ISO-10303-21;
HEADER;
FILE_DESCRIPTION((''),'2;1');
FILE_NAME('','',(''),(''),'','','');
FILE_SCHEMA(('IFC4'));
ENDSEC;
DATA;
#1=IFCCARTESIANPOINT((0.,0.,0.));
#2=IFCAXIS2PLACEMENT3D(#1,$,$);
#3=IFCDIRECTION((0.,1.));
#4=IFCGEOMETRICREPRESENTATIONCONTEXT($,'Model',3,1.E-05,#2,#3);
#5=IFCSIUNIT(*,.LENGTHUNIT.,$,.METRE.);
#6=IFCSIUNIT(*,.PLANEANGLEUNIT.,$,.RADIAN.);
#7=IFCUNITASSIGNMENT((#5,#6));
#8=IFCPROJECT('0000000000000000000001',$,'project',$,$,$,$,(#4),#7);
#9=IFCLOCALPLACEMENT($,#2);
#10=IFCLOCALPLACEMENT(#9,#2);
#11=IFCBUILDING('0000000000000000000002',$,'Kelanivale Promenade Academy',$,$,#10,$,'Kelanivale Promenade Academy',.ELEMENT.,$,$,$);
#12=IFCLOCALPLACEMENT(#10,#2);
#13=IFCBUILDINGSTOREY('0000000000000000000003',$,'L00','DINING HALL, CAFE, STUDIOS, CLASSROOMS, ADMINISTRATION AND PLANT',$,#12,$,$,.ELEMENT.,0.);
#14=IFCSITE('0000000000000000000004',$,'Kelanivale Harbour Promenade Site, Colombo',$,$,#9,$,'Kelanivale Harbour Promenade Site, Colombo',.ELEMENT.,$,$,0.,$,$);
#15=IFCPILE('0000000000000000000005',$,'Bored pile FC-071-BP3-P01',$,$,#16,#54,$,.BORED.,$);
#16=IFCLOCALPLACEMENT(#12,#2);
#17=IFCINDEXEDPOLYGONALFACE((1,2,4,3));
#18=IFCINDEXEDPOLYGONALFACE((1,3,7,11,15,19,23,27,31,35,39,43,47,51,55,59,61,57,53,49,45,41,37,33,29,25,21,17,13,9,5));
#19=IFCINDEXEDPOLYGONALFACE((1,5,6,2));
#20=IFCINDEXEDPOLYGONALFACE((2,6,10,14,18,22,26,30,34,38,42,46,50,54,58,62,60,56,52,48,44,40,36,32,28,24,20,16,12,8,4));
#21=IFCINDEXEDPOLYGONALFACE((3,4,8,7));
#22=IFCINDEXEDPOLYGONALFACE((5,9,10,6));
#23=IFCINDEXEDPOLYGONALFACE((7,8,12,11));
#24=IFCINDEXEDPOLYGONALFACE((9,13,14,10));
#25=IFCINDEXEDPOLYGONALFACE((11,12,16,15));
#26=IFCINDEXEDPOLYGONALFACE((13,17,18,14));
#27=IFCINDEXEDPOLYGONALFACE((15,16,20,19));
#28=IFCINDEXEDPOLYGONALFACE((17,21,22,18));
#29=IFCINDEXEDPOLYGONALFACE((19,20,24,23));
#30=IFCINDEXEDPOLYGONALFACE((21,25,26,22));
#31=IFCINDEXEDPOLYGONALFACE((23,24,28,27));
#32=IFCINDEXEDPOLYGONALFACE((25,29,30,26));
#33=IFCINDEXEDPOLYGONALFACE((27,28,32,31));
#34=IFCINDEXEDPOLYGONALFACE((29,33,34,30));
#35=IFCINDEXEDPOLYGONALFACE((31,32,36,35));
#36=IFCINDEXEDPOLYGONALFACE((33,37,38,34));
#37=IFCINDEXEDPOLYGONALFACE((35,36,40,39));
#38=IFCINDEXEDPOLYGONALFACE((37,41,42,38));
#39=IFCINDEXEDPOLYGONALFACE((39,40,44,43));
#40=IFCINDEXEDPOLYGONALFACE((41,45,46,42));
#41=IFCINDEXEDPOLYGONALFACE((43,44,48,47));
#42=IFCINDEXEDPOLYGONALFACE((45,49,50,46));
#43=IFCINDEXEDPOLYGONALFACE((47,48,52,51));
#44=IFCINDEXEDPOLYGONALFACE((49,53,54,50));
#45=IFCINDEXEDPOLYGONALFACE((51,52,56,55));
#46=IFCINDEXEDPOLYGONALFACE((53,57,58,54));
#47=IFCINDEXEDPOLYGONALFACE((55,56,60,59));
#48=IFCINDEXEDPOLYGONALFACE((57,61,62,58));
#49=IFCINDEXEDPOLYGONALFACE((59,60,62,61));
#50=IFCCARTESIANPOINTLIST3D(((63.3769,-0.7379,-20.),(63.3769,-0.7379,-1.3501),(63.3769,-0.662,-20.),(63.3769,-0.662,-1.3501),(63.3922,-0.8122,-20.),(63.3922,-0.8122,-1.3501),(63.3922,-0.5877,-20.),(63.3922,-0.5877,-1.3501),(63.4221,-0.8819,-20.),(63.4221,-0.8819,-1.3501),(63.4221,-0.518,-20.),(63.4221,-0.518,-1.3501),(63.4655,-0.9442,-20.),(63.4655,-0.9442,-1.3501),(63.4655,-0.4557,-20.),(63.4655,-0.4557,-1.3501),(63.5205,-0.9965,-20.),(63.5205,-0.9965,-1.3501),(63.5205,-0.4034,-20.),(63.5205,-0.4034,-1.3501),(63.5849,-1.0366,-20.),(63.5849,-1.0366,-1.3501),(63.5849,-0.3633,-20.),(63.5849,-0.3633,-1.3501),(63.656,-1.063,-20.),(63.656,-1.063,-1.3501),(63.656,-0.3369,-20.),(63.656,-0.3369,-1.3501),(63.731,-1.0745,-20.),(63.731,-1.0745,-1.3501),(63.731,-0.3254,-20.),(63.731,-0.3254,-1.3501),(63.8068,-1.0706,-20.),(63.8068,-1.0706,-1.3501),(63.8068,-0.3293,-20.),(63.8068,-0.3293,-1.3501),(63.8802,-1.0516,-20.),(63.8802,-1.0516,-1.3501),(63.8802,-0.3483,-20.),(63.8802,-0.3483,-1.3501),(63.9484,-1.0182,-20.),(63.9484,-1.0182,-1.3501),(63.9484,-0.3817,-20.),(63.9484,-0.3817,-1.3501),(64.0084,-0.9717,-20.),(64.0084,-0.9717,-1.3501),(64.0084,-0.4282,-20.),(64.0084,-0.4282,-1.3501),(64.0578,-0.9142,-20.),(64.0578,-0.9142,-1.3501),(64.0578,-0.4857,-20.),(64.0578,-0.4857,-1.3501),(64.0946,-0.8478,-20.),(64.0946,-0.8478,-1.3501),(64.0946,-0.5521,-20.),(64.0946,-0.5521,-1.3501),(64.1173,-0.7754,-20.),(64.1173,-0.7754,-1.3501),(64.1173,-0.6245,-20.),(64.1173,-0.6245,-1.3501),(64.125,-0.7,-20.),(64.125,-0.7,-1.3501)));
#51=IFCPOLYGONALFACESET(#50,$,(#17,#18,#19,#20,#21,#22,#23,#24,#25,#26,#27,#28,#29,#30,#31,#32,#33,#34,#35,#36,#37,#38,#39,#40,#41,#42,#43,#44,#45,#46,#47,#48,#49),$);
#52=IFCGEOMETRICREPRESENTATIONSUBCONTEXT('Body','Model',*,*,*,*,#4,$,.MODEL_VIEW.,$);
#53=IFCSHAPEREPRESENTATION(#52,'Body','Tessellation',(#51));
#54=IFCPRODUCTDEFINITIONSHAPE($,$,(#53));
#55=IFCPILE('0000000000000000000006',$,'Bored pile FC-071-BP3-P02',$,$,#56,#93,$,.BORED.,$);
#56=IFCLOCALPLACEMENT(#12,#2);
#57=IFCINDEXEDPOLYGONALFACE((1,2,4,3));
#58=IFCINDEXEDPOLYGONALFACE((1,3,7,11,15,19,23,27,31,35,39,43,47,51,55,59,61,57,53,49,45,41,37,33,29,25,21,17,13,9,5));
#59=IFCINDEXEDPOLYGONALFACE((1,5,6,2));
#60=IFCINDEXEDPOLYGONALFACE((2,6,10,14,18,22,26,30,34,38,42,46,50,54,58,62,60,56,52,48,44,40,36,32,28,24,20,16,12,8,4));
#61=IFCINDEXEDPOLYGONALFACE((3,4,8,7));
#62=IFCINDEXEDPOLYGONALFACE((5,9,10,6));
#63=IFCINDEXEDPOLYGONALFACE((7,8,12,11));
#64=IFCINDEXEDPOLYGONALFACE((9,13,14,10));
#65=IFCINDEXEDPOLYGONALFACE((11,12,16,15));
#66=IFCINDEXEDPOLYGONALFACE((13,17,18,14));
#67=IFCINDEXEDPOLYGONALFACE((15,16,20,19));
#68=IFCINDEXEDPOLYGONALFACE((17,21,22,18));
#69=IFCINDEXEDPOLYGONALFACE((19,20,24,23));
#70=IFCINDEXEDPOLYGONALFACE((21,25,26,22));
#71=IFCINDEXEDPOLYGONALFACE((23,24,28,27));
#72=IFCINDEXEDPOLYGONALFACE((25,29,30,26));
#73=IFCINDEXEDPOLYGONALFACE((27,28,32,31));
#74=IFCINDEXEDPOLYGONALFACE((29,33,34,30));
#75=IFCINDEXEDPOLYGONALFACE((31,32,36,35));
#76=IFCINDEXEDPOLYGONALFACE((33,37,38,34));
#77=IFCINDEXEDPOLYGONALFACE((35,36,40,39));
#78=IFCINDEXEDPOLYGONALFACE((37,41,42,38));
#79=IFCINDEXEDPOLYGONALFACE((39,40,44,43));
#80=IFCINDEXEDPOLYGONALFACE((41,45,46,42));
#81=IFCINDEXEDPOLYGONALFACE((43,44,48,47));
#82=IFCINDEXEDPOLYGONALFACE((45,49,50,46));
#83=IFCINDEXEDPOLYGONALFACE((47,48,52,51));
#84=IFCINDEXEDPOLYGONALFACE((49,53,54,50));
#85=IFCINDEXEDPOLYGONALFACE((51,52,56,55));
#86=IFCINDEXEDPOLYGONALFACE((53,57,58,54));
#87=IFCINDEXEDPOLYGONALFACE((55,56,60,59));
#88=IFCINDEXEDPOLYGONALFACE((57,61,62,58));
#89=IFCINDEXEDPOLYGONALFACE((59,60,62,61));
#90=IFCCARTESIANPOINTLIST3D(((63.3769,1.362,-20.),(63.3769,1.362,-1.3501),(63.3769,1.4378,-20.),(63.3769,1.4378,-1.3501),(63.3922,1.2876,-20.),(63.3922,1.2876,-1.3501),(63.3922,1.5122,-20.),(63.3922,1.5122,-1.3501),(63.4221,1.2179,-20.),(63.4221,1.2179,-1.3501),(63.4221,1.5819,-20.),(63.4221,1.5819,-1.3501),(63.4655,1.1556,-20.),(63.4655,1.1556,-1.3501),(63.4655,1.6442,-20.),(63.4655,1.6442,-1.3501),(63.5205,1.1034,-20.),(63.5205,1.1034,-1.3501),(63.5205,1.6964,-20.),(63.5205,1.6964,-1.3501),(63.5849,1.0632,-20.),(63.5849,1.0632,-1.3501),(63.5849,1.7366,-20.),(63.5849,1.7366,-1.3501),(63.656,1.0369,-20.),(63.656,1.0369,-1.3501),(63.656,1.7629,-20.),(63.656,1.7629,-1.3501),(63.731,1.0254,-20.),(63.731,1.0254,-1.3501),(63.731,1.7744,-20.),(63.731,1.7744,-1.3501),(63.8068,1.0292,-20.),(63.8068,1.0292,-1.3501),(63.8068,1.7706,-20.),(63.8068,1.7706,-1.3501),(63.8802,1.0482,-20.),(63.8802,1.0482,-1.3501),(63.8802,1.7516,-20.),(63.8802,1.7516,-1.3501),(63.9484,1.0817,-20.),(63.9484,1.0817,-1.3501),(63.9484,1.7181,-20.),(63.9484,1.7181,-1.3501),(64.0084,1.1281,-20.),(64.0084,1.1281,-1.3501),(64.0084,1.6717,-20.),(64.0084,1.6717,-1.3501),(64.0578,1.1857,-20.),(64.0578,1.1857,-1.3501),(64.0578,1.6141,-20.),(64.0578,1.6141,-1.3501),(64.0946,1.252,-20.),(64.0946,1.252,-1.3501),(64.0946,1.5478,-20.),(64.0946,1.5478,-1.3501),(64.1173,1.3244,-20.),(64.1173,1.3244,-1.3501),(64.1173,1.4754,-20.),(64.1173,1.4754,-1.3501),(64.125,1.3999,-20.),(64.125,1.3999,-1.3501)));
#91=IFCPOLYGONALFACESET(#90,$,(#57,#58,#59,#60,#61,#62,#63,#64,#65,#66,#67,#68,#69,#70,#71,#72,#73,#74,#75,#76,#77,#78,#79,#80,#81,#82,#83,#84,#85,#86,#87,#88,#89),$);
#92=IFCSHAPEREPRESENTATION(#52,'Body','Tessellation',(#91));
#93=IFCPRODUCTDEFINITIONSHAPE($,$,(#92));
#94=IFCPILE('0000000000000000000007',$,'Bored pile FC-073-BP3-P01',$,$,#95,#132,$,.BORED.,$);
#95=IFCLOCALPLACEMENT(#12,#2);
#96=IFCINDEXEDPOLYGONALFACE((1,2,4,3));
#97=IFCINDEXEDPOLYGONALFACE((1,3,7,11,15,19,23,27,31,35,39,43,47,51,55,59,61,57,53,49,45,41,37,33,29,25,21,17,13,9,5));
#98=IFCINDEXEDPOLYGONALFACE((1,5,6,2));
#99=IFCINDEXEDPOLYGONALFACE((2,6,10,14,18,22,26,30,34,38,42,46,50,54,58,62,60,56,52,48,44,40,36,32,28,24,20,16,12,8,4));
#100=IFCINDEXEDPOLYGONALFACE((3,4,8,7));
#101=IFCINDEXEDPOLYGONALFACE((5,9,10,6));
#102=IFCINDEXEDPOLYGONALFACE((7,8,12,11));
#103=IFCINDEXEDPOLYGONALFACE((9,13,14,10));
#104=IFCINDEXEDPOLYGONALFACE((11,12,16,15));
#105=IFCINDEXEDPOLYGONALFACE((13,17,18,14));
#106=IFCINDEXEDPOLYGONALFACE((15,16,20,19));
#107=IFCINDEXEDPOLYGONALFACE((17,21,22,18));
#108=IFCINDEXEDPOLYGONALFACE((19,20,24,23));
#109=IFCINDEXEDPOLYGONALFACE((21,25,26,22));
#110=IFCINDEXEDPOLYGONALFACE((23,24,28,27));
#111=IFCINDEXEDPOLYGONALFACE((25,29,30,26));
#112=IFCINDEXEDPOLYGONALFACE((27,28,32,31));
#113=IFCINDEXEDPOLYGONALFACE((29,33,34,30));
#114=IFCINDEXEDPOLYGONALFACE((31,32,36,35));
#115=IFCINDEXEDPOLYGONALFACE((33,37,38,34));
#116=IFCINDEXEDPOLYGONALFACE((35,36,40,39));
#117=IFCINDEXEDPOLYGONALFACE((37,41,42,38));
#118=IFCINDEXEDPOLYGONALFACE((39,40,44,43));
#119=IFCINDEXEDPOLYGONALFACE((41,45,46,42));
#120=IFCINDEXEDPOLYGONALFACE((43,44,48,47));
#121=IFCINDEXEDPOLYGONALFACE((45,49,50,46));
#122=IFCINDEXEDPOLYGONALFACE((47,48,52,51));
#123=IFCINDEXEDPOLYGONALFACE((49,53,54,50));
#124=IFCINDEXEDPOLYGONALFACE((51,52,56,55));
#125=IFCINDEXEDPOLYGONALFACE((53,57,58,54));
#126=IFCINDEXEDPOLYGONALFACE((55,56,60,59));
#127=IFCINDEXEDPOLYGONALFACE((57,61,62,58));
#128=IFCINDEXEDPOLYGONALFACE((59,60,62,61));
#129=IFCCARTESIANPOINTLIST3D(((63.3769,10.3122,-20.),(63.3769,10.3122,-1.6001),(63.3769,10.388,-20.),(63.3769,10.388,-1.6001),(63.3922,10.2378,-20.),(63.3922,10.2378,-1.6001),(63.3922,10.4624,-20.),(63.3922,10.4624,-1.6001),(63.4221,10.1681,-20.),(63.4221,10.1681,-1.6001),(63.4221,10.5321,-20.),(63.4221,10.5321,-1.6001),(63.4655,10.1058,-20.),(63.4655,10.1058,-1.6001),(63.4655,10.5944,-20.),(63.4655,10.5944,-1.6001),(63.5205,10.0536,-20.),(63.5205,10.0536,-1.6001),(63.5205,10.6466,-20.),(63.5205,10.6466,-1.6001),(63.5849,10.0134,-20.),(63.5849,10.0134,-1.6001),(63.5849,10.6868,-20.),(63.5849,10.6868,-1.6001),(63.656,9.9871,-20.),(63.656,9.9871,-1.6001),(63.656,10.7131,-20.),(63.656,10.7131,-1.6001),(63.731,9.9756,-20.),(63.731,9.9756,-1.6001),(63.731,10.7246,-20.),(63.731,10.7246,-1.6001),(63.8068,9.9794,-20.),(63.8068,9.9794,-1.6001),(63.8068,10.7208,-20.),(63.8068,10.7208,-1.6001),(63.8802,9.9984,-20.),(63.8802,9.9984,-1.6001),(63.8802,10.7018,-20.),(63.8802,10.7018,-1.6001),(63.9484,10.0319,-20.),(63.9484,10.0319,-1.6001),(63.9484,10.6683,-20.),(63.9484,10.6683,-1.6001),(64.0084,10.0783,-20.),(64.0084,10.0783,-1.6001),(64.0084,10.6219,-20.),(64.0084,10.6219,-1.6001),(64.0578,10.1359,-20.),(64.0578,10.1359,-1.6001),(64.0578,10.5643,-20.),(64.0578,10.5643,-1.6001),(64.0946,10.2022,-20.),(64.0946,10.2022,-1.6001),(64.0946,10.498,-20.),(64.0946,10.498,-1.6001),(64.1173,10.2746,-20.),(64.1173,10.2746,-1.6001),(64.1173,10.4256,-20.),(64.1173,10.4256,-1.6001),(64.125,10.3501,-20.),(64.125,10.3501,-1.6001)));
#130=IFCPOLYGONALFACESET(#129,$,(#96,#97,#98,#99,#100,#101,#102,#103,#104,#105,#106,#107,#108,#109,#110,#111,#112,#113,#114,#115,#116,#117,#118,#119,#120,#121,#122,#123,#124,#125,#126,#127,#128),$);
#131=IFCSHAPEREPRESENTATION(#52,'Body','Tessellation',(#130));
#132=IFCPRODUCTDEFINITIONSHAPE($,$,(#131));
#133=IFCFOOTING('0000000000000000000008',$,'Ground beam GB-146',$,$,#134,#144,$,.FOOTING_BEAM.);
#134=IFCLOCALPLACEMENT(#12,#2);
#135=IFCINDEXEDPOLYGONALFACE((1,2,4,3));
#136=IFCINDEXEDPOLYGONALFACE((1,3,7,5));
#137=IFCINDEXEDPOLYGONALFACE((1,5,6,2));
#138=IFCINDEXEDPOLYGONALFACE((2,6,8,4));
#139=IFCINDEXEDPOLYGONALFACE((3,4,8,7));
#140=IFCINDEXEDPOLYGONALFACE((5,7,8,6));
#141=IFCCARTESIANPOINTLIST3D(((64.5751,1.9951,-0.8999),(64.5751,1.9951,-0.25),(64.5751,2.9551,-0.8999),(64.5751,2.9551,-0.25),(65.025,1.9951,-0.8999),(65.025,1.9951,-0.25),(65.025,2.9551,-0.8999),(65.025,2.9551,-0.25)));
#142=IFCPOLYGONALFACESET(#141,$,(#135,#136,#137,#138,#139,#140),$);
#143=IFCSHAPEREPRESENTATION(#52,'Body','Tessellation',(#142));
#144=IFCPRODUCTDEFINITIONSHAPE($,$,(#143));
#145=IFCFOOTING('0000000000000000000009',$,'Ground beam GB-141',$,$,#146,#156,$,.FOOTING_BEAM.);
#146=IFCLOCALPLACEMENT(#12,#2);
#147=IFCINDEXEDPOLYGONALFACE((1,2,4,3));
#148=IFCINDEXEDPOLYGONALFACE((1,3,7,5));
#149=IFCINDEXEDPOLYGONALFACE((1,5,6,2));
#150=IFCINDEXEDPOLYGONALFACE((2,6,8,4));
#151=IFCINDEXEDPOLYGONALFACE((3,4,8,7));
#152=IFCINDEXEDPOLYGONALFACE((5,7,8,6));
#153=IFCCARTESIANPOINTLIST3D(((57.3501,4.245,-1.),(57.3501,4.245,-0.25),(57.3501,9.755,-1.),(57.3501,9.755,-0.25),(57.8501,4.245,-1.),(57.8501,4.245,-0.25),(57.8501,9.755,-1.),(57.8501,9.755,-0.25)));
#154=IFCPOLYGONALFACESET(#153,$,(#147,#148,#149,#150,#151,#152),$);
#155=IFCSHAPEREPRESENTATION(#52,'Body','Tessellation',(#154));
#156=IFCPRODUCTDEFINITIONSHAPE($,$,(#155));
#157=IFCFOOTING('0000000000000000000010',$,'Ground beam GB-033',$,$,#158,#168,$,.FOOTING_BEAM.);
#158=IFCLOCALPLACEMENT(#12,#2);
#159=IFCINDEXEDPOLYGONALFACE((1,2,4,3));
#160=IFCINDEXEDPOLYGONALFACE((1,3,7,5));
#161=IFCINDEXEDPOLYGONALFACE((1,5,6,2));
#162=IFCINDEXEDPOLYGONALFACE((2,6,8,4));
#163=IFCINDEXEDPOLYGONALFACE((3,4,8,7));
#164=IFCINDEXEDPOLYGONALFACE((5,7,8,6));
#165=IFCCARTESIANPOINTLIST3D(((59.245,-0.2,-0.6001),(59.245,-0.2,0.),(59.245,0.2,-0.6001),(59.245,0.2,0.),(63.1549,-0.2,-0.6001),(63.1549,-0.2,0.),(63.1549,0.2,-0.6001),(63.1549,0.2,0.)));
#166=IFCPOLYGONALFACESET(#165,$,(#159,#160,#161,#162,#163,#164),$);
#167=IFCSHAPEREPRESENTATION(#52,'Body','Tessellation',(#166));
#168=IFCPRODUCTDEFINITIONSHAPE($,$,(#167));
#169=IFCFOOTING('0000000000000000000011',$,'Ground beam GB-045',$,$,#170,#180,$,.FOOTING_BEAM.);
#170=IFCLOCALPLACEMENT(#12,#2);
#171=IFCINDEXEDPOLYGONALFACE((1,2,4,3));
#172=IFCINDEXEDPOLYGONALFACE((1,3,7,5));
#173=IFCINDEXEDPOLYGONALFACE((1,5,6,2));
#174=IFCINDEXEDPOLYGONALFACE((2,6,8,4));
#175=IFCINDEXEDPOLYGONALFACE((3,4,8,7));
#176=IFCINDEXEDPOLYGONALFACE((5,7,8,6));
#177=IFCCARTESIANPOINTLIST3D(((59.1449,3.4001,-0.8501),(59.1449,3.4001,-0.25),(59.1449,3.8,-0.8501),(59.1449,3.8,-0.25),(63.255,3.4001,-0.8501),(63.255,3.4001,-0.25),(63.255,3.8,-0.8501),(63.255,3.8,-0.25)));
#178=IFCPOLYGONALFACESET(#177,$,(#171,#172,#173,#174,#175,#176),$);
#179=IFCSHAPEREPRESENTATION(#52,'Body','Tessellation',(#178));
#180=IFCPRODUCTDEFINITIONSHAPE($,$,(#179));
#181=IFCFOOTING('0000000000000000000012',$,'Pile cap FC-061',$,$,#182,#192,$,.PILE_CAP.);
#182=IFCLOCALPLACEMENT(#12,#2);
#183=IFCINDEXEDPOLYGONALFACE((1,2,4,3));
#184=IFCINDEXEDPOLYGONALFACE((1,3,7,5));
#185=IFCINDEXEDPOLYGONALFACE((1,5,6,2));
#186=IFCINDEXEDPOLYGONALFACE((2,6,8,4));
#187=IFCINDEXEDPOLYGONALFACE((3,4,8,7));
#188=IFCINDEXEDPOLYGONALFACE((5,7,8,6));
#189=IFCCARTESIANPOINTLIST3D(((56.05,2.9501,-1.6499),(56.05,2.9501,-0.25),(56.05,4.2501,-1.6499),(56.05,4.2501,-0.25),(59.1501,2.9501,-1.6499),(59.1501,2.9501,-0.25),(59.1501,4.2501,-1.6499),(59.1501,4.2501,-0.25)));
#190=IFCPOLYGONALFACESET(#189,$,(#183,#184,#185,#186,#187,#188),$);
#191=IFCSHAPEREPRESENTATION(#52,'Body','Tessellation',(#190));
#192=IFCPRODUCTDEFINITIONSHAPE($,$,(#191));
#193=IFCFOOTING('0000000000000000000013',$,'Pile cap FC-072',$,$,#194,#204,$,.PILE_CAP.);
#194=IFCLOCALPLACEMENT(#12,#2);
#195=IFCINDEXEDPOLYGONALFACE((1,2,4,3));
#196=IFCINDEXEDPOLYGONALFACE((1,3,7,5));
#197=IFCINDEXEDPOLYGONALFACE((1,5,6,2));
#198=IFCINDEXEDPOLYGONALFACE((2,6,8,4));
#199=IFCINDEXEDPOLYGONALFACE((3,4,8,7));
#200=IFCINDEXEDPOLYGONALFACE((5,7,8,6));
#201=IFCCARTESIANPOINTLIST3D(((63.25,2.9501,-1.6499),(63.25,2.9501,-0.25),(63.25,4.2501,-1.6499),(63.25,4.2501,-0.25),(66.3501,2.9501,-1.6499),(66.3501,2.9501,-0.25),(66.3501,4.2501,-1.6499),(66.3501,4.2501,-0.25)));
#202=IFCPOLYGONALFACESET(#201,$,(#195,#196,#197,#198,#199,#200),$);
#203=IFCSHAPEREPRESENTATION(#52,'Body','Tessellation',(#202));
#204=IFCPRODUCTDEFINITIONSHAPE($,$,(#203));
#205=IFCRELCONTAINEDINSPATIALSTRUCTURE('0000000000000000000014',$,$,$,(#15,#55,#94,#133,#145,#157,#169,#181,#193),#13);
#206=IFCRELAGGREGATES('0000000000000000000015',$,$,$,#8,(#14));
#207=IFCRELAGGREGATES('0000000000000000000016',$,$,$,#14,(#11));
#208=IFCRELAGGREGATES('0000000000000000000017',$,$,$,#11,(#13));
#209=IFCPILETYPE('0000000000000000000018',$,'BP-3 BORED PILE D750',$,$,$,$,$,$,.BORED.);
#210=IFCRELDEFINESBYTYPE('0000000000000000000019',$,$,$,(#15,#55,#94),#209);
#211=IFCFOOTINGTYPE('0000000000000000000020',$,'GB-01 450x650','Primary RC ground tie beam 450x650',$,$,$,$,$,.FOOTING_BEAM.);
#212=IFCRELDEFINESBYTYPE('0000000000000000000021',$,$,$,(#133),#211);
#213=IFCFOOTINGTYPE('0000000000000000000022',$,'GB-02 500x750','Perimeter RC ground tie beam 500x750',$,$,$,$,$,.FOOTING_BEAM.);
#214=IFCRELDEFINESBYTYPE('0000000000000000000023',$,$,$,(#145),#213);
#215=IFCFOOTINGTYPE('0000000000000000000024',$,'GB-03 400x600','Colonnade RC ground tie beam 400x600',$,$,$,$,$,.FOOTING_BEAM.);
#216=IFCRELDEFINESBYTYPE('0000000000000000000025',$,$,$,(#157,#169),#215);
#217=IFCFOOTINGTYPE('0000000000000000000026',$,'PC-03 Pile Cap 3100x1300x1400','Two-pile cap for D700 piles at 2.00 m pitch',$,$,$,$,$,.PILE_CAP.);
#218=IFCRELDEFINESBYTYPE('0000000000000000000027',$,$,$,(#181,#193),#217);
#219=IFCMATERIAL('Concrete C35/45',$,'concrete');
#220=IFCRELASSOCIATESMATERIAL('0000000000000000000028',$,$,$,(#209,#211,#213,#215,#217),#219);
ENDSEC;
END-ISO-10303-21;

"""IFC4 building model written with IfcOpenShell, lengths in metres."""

from ifc_helpers import new_model, si_unit, direction, frame, origin, origin_2d, place, context, subcontext, project, spatial, rectangle, circle, extrude, material, material_profile, profile_set, type_object, element, save


model = new_model("IFC4")

# Units and contexts
model_context = context("Model", 3, precision=1e-05, world=origin(), true_north=direction((0.0, 1.0)))
body_context = subcontext(model_context, "Body", "Model", "MODEL_VIEW")
ifc_project = project(units=[si_unit("LENGTHUNIT", "METRE"), si_unit("PLANEANGLEUNIT", "RADIAN")], contexts=[model_context])

# Site, building, storey
site_placement = place(None, origin())
site = spatial("IfcSite", under=ifc_project, at=site_placement, Name="Kelanivale Harbour Promenade Site, Colombo", LongName="Kelanivale Harbour Promenade Site, Colombo", CompositionType="ELEMENT", RefElevation=0.0)
building_placement = place(site_placement, origin())
building = spatial("IfcBuilding", under=site, at=building_placement, Name="Kelanivale Promenade Academy", LongName="Kelanivale Promenade Academy", CompositionType="ELEMENT")
storey_placement = place(building_placement, origin())
storey = spatial("IfcBuildingStorey", under=building, at=storey_placement, Name="L00", Description="DINING HALL, CAFE, STUDIOS, CLASSROOMS, ADMINISTRATION AND PLANT", CompositionType="ELEMENT", Elevation=0.0)

# Piles
ifc_material_1 = material(Name="Concrete C35/45", Category="concrete")
ifc_material_profile_1 = material_profile(ifc_material_1, circle(Radius=0.375, at=origin_2d()), Name="BORED PILE D750")
ifc_profile_set_1 = profile_set([ifc_material_profile_1], Name="Concrete C35/45")
pile_type_1 = type_object("IfcPileType", Name="BP-3 BORED PILE D750", PredefinedType="BORED", material=ifc_profile_set_1)
for number, where, z_axis, x_axis, name in (
    (1, (63.75, -0.7, -1.3501), (0.0, 0.0, -1.0), (1.0, 0.0, 0.0), "Bored pile FC-071-BP3-P01"),
    (2, (63.75, 1.3999, -1.3501), (0.0, 0.0, -1.0), (1.0, 0.0, 0.0), "Bored pile FC-071-BP3-P02"),
):
    element("IfcPile", number, at=place(storey_placement, frame(where, z_axis=z_axis, x_axis=x_axis)), inside=storey, type_object=pile_type_1, Name=name, PredefinedType="BORED", context=body_context, shape_type="SweptSolid", body=[
        extrude(circle(Radius=0.375, at=origin_2d()), origin(), (0.0, 0.0, 1.0), 18.6499),
    ])
pile_1_placement = place(storey_placement, frame((63.75, 10.3501, -1.6001), z_axis=(0.0, 0.0, -1.0), x_axis=(1.0, 0.0, 0.0)))
element("IfcPile", 3, at=pile_1_placement, inside=storey, type_object=pile_type_1, Name="Bored pile FC-073-BP3-P01", PredefinedType="BORED", context=body_context, shape_type="SweptSolid", body=[
    extrude(circle(Radius=0.375, at=origin_2d()), origin(), (0.0, 0.0, 1.0), 18.3999),
])

# Footings
footing_type_1 = type_object("IfcFootingType", Name="GB-01 450x650", Description="Primary RC ground tie beam 450x650", PredefinedType="FOOTING_BEAM", material=ifc_material_1)
footing_1_placement = place(storey_placement, frame((64.8, 2.4751, -0.8999), z_axis=(0.0, 0.0, 1.0), x_axis=(0.0, 1.0, 0.0)))
element("IfcFooting", 4, at=footing_1_placement, inside=storey, type_object=footing_type_1, Name="Ground beam GB-146", PredefinedType="FOOTING_BEAM", context=body_context, shape_type="SweptSolid", body=[
    extrude(rectangle(XDim=0.96, YDim=0.45, at=origin_2d()), origin(), (0.0, 0.0, 1.0), 0.6499),
])
footing_type_2 = type_object("IfcFootingType", Name="GB-02 500x750", Description="Perimeter RC ground tie beam 500x750", PredefinedType="FOOTING_BEAM", material=ifc_material_1)
footing_2_placement = place(storey_placement, frame((57.6001, 7.0, -1.0), z_axis=(0.0, 0.0, 1.0), x_axis=(0.0, 1.0, 0.0)))
element("IfcFooting", 5, at=footing_2_placement, inside=storey, type_object=footing_type_2, Name="Ground beam GB-141", PredefinedType="FOOTING_BEAM", context=body_context, shape_type="SweptSolid", body=[
    extrude(rectangle(XDim=5.51, YDim=0.5, at=origin_2d()), origin(), (0.0, 0.0, 1.0), 0.75),
])
footing_type_3 = type_object("IfcFootingType", Name="GB-03 400x600", Description="Colonnade RC ground tie beam 400x600", PredefinedType="FOOTING_BEAM", material=ifc_material_1)
footing_3_placement = place(storey_placement, frame((61.2, 0.0, -0.6001), z_axis=(0.0, 0.0, 1.0), x_axis=(1.0, 0.0, 0.0)))
element("IfcFooting", 6, at=footing_3_placement, inside=storey, type_object=footing_type_3, Name="Ground beam GB-033", PredefinedType="FOOTING_BEAM", context=body_context, shape_type="SweptSolid", body=[
    extrude(rectangle(XDim=3.9099, YDim=0.3999, at=origin_2d()), origin(), (0.0, 0.0, 1.0), 0.6001),
])
footing_4_placement = place(storey_placement, frame((61.2, 3.6001, -0.8501), z_axis=(0.0, 0.0, 1.0), x_axis=(1.0, 0.0, 0.0)))
element("IfcFooting", 7, at=footing_4_placement, inside=storey, type_object=footing_type_3, Name="Ground beam GB-045", PredefinedType="FOOTING_BEAM", context=body_context, shape_type="SweptSolid", body=[
    extrude(rectangle(XDim=4.1101, YDim=0.3999, at=origin_2d()), origin(), (0.0, 0.0, 1.0), 0.6001),
])
footing_type_4 = type_object("IfcFootingType", Name="PC-03 Pile Cap 3100x1300x1400", Description="Two-pile cap for D700 piles at 2.00 m pitch", PredefinedType="PILE_CAP", material=ifc_material_1)
for number, where, z_axis, x_axis, name in (
    (8, (57.6001, 3.6001, -1.6499), (0.0, 0.0, 1.0), (1.0, 0.0, 0.0), "Pile cap FC-061"),
    (9, (64.8, 3.6001, -1.6499), (0.0, 0.0, 1.0), (1.0, 0.0, 0.0), "Pile cap FC-072"),
):
    element("IfcFooting", number, at=place(storey_placement, frame(where, z_axis=z_axis, x_axis=x_axis)), inside=storey, type_object=footing_type_4, Name=name, PredefinedType="PILE_CAP", context=body_context, shape_type="SweptSolid", body=[
        extrude(rectangle(XDim=3.1001, YDim=1.3, at=origin_2d()), origin(), (0.0, 0.0, 1.0), 1.3999),
    ])

save(model, "model.ifc")
